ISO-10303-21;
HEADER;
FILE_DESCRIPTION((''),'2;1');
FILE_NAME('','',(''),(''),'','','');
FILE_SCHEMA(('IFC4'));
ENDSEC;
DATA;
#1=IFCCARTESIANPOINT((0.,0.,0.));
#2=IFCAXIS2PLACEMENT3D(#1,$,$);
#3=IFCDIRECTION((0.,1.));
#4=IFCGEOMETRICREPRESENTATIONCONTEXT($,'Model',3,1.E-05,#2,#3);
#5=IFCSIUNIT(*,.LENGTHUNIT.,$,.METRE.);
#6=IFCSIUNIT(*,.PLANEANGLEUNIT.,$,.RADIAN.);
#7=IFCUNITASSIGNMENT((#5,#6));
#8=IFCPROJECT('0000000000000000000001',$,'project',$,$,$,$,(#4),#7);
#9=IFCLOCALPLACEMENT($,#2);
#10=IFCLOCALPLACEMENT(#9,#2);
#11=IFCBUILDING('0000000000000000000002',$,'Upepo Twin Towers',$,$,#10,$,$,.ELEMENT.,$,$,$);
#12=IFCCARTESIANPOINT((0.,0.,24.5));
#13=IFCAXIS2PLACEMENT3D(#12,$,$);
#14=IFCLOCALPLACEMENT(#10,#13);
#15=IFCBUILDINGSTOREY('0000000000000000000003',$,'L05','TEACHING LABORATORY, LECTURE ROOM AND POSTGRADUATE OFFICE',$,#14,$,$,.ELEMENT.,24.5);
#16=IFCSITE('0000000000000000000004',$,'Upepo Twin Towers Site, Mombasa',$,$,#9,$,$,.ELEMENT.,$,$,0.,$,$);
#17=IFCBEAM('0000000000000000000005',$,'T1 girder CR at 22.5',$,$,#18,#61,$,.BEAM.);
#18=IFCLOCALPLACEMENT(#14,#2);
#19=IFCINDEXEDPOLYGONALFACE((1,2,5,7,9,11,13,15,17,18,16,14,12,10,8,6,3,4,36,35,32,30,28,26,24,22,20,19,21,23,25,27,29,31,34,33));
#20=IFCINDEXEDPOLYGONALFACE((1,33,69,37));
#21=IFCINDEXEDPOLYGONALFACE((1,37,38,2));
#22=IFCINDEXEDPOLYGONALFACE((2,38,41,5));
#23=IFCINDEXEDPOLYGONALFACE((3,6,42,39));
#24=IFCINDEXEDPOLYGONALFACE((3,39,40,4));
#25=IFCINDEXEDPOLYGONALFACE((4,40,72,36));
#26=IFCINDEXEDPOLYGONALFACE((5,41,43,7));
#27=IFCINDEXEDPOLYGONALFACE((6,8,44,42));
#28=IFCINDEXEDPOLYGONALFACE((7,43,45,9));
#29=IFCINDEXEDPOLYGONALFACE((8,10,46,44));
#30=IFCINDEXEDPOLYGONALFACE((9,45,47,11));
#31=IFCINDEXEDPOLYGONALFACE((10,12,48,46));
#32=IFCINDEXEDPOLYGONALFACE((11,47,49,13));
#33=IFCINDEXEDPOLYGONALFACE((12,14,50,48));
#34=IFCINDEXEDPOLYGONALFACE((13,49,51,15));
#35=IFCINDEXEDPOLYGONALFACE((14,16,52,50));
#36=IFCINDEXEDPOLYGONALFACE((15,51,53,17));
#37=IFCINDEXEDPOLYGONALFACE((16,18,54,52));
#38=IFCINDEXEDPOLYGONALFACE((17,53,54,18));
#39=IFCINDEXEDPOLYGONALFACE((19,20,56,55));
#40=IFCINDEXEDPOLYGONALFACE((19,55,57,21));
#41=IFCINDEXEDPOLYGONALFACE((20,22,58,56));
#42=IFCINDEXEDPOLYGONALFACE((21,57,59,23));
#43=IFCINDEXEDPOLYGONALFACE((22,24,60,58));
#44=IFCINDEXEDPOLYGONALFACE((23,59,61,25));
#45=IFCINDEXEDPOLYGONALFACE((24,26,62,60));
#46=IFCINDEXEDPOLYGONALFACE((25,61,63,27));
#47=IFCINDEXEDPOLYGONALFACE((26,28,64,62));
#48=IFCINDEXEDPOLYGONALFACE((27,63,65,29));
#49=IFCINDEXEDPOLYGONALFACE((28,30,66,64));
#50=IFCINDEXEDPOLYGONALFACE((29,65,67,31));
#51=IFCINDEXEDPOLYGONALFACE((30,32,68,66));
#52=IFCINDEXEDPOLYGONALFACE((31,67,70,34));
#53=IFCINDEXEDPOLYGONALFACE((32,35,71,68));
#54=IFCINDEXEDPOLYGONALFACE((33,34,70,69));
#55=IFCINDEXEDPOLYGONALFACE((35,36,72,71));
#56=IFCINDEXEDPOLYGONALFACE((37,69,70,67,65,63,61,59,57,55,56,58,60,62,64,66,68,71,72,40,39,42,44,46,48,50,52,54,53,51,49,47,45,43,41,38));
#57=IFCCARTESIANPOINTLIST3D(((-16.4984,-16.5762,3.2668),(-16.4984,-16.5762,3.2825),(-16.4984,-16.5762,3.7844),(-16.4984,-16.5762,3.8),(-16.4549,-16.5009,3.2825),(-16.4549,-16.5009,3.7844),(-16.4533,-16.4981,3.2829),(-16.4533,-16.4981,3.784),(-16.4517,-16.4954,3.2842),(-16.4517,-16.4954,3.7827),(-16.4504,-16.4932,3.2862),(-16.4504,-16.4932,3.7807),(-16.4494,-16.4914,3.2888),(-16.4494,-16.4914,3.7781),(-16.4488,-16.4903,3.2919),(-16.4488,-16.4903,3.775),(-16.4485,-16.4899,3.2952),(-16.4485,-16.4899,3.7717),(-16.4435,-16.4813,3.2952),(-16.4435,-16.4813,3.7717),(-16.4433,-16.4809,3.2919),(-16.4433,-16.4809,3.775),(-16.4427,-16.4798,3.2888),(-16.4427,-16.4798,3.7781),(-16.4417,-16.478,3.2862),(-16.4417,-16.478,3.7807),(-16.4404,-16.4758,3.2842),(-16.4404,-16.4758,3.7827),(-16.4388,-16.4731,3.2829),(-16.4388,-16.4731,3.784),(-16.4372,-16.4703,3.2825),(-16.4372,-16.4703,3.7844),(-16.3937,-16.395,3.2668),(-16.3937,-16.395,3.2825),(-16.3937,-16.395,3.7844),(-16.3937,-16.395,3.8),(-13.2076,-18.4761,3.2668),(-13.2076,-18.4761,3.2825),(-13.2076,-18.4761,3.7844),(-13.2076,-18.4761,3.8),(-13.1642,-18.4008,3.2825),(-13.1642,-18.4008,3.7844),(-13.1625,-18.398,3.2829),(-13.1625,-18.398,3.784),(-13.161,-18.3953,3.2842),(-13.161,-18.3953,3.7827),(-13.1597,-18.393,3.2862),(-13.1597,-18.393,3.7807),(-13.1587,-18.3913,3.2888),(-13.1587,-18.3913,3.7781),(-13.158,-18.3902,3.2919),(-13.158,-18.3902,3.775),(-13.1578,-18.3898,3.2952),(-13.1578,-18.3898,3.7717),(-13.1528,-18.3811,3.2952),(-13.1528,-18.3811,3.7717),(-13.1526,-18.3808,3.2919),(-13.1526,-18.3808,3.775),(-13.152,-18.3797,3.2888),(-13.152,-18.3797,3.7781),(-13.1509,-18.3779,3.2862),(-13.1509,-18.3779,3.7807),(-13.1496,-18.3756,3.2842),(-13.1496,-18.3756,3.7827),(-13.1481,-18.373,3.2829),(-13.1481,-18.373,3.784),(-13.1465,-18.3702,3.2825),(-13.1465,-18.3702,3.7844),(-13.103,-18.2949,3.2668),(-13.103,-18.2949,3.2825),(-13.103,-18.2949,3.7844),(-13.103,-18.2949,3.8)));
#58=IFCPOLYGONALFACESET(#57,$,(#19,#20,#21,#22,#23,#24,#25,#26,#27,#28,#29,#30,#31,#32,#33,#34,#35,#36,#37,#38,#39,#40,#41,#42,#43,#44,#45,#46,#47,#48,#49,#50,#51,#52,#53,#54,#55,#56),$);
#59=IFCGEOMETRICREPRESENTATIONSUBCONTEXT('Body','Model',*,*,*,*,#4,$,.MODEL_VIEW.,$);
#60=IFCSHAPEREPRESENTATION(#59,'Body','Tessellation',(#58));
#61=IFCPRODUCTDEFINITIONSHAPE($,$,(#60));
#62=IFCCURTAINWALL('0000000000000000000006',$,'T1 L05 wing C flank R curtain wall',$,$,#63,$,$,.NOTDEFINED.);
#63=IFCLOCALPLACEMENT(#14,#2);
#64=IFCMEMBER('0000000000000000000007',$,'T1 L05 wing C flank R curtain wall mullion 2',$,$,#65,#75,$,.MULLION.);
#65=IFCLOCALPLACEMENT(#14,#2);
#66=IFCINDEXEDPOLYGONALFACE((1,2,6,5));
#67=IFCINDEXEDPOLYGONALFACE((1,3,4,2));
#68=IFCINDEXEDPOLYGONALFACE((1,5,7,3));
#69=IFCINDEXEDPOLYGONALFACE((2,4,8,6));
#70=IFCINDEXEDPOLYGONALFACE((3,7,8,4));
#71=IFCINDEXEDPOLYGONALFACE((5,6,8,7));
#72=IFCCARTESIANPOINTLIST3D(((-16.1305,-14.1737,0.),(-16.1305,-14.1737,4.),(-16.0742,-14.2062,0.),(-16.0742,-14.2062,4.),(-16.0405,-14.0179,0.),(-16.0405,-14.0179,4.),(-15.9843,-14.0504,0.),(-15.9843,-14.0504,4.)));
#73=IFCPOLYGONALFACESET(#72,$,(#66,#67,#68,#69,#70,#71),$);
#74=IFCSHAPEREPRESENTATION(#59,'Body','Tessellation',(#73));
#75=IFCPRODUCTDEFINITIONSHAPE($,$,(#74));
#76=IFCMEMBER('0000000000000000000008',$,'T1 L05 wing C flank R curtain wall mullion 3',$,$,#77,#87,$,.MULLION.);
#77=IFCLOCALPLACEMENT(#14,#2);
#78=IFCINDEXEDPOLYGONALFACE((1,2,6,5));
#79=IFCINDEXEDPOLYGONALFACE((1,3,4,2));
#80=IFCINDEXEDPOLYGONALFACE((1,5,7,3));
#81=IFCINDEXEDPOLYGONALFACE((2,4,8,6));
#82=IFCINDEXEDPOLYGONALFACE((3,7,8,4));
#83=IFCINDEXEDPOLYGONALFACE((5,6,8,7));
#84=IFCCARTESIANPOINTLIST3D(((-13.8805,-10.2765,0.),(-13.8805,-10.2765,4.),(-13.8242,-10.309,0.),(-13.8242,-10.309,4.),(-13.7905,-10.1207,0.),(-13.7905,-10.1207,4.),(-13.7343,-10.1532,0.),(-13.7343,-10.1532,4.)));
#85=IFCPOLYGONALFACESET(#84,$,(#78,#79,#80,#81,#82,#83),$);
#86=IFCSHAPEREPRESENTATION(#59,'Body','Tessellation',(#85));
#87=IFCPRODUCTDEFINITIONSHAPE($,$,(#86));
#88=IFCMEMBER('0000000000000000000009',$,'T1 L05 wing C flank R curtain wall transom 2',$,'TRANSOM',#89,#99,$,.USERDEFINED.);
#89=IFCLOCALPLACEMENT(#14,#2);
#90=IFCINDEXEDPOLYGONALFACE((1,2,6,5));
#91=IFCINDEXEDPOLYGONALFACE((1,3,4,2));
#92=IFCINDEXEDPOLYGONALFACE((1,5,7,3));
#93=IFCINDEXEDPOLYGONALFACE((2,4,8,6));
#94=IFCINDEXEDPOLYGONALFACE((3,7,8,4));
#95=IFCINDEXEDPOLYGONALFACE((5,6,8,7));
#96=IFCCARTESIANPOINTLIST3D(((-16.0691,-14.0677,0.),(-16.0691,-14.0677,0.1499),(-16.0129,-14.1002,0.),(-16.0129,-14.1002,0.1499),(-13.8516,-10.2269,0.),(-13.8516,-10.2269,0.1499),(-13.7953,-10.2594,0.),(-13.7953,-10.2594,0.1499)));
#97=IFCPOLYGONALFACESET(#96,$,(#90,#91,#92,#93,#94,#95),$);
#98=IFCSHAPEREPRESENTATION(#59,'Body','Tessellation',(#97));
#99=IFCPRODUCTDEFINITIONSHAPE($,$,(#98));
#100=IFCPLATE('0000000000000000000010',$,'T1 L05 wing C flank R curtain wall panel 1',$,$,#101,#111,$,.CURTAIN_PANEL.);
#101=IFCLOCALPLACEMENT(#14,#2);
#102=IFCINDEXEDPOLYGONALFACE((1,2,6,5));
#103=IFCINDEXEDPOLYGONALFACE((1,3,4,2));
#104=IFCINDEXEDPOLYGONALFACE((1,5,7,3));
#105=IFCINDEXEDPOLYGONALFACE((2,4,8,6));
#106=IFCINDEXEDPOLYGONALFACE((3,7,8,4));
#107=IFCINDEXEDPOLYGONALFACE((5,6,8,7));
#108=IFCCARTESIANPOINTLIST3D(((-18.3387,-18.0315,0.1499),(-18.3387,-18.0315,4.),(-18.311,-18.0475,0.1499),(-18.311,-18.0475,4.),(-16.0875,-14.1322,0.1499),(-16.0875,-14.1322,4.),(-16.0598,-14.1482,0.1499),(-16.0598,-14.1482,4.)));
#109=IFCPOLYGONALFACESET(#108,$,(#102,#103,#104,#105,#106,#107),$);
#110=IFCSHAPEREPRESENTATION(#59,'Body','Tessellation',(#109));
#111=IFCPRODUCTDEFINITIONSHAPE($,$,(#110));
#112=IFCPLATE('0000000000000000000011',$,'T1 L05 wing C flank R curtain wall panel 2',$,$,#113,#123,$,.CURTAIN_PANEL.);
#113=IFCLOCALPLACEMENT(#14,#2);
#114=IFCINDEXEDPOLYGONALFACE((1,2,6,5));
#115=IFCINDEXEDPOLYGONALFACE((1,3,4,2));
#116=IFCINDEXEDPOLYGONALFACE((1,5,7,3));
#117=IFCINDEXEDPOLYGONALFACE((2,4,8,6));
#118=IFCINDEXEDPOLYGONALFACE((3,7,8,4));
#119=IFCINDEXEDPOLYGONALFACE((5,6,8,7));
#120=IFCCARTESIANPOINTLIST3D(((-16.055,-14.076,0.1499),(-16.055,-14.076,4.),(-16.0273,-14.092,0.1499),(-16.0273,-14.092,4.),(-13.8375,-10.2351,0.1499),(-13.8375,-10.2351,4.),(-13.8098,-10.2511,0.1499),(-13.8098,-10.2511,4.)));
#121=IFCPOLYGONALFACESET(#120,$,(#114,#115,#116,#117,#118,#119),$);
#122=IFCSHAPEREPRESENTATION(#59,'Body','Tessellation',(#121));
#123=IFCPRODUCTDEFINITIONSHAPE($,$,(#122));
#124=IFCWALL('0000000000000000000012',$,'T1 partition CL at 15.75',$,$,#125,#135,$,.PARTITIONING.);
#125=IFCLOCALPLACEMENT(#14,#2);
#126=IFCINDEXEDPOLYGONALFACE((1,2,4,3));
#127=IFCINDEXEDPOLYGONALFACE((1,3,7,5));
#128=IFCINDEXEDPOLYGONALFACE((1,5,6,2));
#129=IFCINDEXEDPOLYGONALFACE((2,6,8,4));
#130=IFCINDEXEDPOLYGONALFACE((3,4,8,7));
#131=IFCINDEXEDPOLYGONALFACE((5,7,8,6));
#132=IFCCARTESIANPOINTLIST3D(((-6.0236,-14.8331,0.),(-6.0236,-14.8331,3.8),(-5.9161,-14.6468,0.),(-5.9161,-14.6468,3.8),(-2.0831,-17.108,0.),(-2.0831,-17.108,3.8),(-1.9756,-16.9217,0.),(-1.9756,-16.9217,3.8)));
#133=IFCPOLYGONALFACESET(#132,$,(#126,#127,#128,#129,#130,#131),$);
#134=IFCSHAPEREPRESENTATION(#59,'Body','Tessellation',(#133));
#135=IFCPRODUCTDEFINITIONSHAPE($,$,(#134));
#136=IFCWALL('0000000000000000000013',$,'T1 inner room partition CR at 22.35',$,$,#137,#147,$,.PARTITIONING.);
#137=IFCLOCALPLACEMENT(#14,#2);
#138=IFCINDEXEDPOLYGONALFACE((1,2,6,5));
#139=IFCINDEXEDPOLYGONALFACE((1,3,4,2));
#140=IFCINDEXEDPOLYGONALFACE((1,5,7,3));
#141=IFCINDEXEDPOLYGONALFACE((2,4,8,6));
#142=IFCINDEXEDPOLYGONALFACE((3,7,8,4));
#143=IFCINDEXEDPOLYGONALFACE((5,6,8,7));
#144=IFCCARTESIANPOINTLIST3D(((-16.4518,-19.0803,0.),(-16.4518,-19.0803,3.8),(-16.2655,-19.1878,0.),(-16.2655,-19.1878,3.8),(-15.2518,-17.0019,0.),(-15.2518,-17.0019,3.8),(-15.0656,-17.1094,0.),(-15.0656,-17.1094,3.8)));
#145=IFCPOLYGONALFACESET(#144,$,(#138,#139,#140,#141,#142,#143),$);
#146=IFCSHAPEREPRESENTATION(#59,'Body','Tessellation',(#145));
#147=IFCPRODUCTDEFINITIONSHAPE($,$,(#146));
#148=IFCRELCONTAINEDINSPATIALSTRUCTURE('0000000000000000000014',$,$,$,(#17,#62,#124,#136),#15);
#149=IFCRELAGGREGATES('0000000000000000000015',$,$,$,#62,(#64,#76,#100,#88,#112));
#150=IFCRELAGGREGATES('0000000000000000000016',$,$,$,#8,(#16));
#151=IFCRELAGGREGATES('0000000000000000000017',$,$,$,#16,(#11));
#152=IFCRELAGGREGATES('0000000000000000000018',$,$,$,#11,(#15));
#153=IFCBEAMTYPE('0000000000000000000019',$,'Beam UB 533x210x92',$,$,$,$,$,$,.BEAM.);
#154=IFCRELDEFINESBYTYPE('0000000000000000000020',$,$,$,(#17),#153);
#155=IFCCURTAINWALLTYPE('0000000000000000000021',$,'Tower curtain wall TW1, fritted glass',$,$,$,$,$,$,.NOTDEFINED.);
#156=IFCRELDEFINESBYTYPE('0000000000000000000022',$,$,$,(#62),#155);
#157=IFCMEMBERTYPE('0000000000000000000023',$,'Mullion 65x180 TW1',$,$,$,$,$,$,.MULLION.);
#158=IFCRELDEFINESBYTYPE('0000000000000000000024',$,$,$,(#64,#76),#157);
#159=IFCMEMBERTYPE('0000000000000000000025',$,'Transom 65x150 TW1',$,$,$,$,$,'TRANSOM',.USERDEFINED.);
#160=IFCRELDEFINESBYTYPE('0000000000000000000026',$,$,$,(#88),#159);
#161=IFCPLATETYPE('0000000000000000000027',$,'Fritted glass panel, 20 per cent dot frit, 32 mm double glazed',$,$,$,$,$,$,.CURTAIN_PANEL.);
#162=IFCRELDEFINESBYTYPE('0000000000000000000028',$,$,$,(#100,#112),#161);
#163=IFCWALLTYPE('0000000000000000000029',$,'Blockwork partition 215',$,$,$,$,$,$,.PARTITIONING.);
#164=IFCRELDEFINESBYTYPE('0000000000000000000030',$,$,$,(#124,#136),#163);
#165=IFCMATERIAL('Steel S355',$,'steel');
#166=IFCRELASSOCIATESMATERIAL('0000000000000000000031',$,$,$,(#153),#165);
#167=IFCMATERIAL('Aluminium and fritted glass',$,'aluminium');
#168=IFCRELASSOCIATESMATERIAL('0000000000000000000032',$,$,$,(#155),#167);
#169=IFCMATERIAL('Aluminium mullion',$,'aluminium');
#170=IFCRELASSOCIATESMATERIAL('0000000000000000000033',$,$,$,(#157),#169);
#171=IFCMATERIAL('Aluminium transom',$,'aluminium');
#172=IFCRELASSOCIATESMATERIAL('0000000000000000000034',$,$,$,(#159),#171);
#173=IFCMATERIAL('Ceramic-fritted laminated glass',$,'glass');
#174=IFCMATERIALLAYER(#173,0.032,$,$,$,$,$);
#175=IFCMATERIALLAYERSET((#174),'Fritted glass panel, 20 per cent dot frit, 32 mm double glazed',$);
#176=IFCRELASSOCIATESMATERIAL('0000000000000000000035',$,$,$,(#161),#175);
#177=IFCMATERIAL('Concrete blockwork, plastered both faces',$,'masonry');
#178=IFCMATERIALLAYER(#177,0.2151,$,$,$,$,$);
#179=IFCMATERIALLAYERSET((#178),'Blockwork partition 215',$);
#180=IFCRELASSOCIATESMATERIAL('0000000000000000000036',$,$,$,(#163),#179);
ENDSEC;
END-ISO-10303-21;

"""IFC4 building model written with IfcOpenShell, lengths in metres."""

from ifc_helpers import new_model, si_unit, direction, frame, frame_2d, origin, origin_2d, place, context, subcontext, project, spatial, rectangle, i_section, extrude, material, layer, layer_set, material_profile, profile_set, type_object, element, aggregate, save


model = new_model("IFC4")

# Units and contexts
model_context = context("Model", 3, precision=1e-05, world=origin(), true_north=direction((0.0, 1.0)))
body_context = subcontext(model_context, "Body", "Model", "MODEL_VIEW")
ifc_project = project(units=[si_unit("LENGTHUNIT", "METRE"), si_unit("PLANEANGLEUNIT", "RADIAN")], contexts=[model_context])

# Site, building, storey
site_placement = place(None, origin())
site = spatial("IfcSite", under=ifc_project, at=site_placement, Name="Upepo Twin Towers Site, Mombasa", CompositionType="ELEMENT", RefElevation=0.0)
building_placement = place(site_placement, origin())
building = spatial("IfcBuilding", under=site, at=building_placement, Name="Upepo Twin Towers", CompositionType="ELEMENT")
storey_placement = place(building_placement, frame((0.0, 0.0, 24.5)))
storey = spatial("IfcBuildingStorey", under=building, at=storey_placement, Name="L05", Description="TEACHING LABORATORY, LECTURE ROOM AND POSTGRADUATE OFFICE", CompositionType="ELEMENT", Elevation=24.5)

# Beam
ifc_material_1 = material(Name="Steel S355", Category="steel")
ifc_material_profile_1 = material_profile(ifc_material_1, i_section(OverallWidth=0.2092, OverallDepth=0.5332, WebThickness=0.01, FlangeThickness=0.0156, FilletRadius=0.0127, at=origin_2d()), Name="UB 533x210x92")
ifc_profile_set_1 = profile_set([ifc_material_profile_1], Name="Steel S355")
beam_type_1 = type_object("IfcBeamType", Name="Beam UB 533x210x92", PredefinedType="BEAM", material=ifc_profile_set_1)
beam_1_placement = place(storey_placement, frame((-16.446, -16.4856, 3.5334), z_axis=(0.866028, -0.499995, 0.0), x_axis=(0.499995, 0.866028, 0.0)))
element("IfcBeam", 1, at=beam_1_placement, inside=storey, type_object=beam_type_1, Name="T1 girder CR at 22.5", PredefinedType="BEAM", context=body_context, shape_type="SweptSolid", body=[
    extrude(i_section(OverallWidth=0.2092, OverallDepth=0.5332, WebThickness=0.01, FlangeThickness=0.0156, FilletRadius=0.0127, at=origin_2d()), origin(), (0.0, 0.0, 1.0), 3.7998),
])

# Curtain wall, members, plates
ifc_material_2 = material(Name="Aluminium and fritted glass", Category="aluminium")
curtain_wall_type = type_object("IfcCurtainWallType", Name="Tower curtain wall TW1, fritted glass", PredefinedType="NOTDEFINED", material=ifc_material_2)
curtain_wall_placement = place(storey_placement, origin())
curtain_wall = element("IfcCurtainWall", 2, at=curtain_wall_placement, inside=storey, type_object=curtain_wall_type, Name="T1 L05 wing C flank R curtain wall", PredefinedType="NOTDEFINED")
ifc_material_3 = material(Name="Aluminium mullion", Category="aluminium")
ifc_material_profile_2 = material_profile(ifc_material_3, rectangle(XDim=0.0649, YDim=0.1799, at=origin_2d()), Name="MULLION 65x180")
ifc_profile_set_2 = profile_set([ifc_material_profile_2], Name="Aluminium mullion")
member_type_1 = type_object("IfcMemberType", Name="Mullion 65x180 TW1", PredefinedType="MULLION", material=ifc_profile_set_2)
member_1_placement = place(storey_placement, frame((-16.0574, -14.1121, 0.0), z_axis=(0.0, 0.0, 1.0), x_axis=(-0.866025, 0.5, 0.0)))
member_1 = element("IfcMember", 3, at=member_1_placement, type_object=member_type_1, Name="T1 L05 wing C flank R curtain wall mullion 2", PredefinedType="MULLION", context=body_context, shape_type="SweptSolid", body=[
    extrude(rectangle(XDim=0.0649, YDim=0.1799, at=origin_2d()), origin(), (0.0, 0.0, 1.0), 4.0),
])
member_2_placement = place(storey_placement, frame((-13.8074, -10.2148, 0.0), z_axis=(0.0, 0.0, 1.0), x_axis=(-0.866025, 0.5, 0.0)))
member_2 = element("IfcMember", 4, at=member_2_placement, type_object=member_type_1, Name="T1 L05 wing C flank R curtain wall mullion 3", PredefinedType="MULLION", context=body_context, shape_type="SweptSolid", body=[
    extrude(rectangle(XDim=0.0649, YDim=0.1799, at=origin_2d()), origin(), (0.0, 0.0, 1.0), 4.0),
])
ifc_material_4 = material(Name="Aluminium transom", Category="aluminium")
ifc_material_profile_3 = material_profile(ifc_material_4, rectangle(XDim=0.0649, YDim=0.1499, at=origin_2d()), Name="TRANSOM 65x150")
ifc_profile_set_3 = profile_set([ifc_material_profile_3], Name="Aluminium transom")
member_type_2 = type_object("IfcMemberType", Name="Transom 65x150 TW1", ElementType="TRANSOM", PredefinedType="USERDEFINED", material=ifc_profile_set_3)
member_3_placement = place(storey_placement, frame((-16.041, -14.084, 0.075), z_axis=(0.500005, 0.866022, 0.0), x_axis=(-0.866022, 0.500005, 0.0)))
member_3 = element("IfcMember", 5, at=member_3_placement, type_object=member_type_2, Name="T1 L05 wing C flank R curtain wall transom 2", ObjectType="TRANSOM", PredefinedType="USERDEFINED", context=body_context, shape_type="SweptSolid", body=[
    extrude(rectangle(XDim=0.0649, YDim=0.1499, at=origin_2d()), origin(), (0.0, 0.0, 1.0), 4.4351),
])
ifc_material_5 = material(Name="Ceramic-fritted laminated glass", Category="glass")
ifc_layer_1 = layer(ifc_material_5, 0.032)
ifc_layer_set_1 = layer_set([ifc_layer_1], Name="Fritted glass panel, 20 per cent dot frit, 32 mm double glazed")
plate_type = type_object("IfcPlateType", Name="Fritted glass panel, 20 per cent dot frit, 32 mm double glazed", PredefinedType="CURTAIN_PANEL", material=ifc_layer_set_1)
plate_1_placement = place(storey_placement, frame((-17.1992, -16.0898, 0.1499), z_axis=(0.0, 0.0, 1.0), x_axis=(0.5, 0.866025, 0.0)))
plate_1 = element("IfcPlate", 6, at=plate_1_placement, type_object=plate_type, Name="T1 L05 wing C flank R curtain wall panel 1", PredefinedType="CURTAIN_PANEL", context=body_context, shape_type="SweptSolid", body=[
    extrude(rectangle(XDim=4.5024, YDim=0.032, at=origin_2d()), origin(), (0.0, 0.0, 1.0), 3.8501),
])
plate_2_placement = place(storey_placement, frame((-14.9324, -12.1636, 0.1499), z_axis=(0.0, 0.0, 1.0), x_axis=(0.5, 0.866025, 0.0)))
plate_2 = element("IfcPlate", 7, at=plate_2_placement, type_object=plate_type, Name="T1 L05 wing C flank R curtain wall panel 2", PredefinedType="CURTAIN_PANEL", context=body_context, shape_type="SweptSolid", body=[
    extrude(rectangle(XDim=4.4351, YDim=0.032, at=origin_2d()), origin(), (0.0, 0.0, 1.0), 3.8501),
])
aggregate(curtain_wall, [member_1, member_2, plate_1, member_3, plate_2])

# Walls
ifc_material_6 = material(Name="Concrete blockwork, plastered both faces", Category="masonry")
ifc_layer_2 = layer(ifc_material_6, 0.2151)
ifc_layer_set_2 = layer_set([ifc_layer_2], Name="Blockwork partition 215")
wall_type_1 = type_object("IfcWallType", Name="Blockwork partition 215", PredefinedType="PARTITIONING", material=ifc_layer_set_2)
wall_1_placement = place(storey_placement, frame((-5.9697, -14.74, 0.0), z_axis=(0.0, 0.0, 1.0), x_axis=(0.866035, -0.499983, 0.0)))
element("IfcWall", 8, at=wall_1_placement, inside=storey, type_object=wall_type_1, Name="T1 partition CL at 15.75", PredefinedType="PARTITIONING", context=body_context, shape_type="SweptSolid", body=[
    extrude(rectangle(XDim=4.55, YDim=0.2151, at=frame_2d((2.2749, 0.0))), origin(), (0.0, 0.0, 1.0), 3.8),
])
wall_2_placement = place(storey_placement, frame((-15.1587, -17.0557, 0.0), z_axis=(0.0, 0.0, 1.0), x_axis=(-0.500001, -0.866025, 0.0)))
element("IfcWall", 9, at=wall_2_placement, inside=storey, type_object=wall_type_1, Name="T1 inner room partition CR at 22.35", PredefinedType="PARTITIONING", context=body_context, shape_type="SweptSolid", body=[
    extrude(rectangle(XDim=2.3999, YDim=0.2151, at=frame_2d((1.2, 0.0))), origin(), (0.0, 0.0, 1.0), 3.8),
])

save(model, "model.ifc")
